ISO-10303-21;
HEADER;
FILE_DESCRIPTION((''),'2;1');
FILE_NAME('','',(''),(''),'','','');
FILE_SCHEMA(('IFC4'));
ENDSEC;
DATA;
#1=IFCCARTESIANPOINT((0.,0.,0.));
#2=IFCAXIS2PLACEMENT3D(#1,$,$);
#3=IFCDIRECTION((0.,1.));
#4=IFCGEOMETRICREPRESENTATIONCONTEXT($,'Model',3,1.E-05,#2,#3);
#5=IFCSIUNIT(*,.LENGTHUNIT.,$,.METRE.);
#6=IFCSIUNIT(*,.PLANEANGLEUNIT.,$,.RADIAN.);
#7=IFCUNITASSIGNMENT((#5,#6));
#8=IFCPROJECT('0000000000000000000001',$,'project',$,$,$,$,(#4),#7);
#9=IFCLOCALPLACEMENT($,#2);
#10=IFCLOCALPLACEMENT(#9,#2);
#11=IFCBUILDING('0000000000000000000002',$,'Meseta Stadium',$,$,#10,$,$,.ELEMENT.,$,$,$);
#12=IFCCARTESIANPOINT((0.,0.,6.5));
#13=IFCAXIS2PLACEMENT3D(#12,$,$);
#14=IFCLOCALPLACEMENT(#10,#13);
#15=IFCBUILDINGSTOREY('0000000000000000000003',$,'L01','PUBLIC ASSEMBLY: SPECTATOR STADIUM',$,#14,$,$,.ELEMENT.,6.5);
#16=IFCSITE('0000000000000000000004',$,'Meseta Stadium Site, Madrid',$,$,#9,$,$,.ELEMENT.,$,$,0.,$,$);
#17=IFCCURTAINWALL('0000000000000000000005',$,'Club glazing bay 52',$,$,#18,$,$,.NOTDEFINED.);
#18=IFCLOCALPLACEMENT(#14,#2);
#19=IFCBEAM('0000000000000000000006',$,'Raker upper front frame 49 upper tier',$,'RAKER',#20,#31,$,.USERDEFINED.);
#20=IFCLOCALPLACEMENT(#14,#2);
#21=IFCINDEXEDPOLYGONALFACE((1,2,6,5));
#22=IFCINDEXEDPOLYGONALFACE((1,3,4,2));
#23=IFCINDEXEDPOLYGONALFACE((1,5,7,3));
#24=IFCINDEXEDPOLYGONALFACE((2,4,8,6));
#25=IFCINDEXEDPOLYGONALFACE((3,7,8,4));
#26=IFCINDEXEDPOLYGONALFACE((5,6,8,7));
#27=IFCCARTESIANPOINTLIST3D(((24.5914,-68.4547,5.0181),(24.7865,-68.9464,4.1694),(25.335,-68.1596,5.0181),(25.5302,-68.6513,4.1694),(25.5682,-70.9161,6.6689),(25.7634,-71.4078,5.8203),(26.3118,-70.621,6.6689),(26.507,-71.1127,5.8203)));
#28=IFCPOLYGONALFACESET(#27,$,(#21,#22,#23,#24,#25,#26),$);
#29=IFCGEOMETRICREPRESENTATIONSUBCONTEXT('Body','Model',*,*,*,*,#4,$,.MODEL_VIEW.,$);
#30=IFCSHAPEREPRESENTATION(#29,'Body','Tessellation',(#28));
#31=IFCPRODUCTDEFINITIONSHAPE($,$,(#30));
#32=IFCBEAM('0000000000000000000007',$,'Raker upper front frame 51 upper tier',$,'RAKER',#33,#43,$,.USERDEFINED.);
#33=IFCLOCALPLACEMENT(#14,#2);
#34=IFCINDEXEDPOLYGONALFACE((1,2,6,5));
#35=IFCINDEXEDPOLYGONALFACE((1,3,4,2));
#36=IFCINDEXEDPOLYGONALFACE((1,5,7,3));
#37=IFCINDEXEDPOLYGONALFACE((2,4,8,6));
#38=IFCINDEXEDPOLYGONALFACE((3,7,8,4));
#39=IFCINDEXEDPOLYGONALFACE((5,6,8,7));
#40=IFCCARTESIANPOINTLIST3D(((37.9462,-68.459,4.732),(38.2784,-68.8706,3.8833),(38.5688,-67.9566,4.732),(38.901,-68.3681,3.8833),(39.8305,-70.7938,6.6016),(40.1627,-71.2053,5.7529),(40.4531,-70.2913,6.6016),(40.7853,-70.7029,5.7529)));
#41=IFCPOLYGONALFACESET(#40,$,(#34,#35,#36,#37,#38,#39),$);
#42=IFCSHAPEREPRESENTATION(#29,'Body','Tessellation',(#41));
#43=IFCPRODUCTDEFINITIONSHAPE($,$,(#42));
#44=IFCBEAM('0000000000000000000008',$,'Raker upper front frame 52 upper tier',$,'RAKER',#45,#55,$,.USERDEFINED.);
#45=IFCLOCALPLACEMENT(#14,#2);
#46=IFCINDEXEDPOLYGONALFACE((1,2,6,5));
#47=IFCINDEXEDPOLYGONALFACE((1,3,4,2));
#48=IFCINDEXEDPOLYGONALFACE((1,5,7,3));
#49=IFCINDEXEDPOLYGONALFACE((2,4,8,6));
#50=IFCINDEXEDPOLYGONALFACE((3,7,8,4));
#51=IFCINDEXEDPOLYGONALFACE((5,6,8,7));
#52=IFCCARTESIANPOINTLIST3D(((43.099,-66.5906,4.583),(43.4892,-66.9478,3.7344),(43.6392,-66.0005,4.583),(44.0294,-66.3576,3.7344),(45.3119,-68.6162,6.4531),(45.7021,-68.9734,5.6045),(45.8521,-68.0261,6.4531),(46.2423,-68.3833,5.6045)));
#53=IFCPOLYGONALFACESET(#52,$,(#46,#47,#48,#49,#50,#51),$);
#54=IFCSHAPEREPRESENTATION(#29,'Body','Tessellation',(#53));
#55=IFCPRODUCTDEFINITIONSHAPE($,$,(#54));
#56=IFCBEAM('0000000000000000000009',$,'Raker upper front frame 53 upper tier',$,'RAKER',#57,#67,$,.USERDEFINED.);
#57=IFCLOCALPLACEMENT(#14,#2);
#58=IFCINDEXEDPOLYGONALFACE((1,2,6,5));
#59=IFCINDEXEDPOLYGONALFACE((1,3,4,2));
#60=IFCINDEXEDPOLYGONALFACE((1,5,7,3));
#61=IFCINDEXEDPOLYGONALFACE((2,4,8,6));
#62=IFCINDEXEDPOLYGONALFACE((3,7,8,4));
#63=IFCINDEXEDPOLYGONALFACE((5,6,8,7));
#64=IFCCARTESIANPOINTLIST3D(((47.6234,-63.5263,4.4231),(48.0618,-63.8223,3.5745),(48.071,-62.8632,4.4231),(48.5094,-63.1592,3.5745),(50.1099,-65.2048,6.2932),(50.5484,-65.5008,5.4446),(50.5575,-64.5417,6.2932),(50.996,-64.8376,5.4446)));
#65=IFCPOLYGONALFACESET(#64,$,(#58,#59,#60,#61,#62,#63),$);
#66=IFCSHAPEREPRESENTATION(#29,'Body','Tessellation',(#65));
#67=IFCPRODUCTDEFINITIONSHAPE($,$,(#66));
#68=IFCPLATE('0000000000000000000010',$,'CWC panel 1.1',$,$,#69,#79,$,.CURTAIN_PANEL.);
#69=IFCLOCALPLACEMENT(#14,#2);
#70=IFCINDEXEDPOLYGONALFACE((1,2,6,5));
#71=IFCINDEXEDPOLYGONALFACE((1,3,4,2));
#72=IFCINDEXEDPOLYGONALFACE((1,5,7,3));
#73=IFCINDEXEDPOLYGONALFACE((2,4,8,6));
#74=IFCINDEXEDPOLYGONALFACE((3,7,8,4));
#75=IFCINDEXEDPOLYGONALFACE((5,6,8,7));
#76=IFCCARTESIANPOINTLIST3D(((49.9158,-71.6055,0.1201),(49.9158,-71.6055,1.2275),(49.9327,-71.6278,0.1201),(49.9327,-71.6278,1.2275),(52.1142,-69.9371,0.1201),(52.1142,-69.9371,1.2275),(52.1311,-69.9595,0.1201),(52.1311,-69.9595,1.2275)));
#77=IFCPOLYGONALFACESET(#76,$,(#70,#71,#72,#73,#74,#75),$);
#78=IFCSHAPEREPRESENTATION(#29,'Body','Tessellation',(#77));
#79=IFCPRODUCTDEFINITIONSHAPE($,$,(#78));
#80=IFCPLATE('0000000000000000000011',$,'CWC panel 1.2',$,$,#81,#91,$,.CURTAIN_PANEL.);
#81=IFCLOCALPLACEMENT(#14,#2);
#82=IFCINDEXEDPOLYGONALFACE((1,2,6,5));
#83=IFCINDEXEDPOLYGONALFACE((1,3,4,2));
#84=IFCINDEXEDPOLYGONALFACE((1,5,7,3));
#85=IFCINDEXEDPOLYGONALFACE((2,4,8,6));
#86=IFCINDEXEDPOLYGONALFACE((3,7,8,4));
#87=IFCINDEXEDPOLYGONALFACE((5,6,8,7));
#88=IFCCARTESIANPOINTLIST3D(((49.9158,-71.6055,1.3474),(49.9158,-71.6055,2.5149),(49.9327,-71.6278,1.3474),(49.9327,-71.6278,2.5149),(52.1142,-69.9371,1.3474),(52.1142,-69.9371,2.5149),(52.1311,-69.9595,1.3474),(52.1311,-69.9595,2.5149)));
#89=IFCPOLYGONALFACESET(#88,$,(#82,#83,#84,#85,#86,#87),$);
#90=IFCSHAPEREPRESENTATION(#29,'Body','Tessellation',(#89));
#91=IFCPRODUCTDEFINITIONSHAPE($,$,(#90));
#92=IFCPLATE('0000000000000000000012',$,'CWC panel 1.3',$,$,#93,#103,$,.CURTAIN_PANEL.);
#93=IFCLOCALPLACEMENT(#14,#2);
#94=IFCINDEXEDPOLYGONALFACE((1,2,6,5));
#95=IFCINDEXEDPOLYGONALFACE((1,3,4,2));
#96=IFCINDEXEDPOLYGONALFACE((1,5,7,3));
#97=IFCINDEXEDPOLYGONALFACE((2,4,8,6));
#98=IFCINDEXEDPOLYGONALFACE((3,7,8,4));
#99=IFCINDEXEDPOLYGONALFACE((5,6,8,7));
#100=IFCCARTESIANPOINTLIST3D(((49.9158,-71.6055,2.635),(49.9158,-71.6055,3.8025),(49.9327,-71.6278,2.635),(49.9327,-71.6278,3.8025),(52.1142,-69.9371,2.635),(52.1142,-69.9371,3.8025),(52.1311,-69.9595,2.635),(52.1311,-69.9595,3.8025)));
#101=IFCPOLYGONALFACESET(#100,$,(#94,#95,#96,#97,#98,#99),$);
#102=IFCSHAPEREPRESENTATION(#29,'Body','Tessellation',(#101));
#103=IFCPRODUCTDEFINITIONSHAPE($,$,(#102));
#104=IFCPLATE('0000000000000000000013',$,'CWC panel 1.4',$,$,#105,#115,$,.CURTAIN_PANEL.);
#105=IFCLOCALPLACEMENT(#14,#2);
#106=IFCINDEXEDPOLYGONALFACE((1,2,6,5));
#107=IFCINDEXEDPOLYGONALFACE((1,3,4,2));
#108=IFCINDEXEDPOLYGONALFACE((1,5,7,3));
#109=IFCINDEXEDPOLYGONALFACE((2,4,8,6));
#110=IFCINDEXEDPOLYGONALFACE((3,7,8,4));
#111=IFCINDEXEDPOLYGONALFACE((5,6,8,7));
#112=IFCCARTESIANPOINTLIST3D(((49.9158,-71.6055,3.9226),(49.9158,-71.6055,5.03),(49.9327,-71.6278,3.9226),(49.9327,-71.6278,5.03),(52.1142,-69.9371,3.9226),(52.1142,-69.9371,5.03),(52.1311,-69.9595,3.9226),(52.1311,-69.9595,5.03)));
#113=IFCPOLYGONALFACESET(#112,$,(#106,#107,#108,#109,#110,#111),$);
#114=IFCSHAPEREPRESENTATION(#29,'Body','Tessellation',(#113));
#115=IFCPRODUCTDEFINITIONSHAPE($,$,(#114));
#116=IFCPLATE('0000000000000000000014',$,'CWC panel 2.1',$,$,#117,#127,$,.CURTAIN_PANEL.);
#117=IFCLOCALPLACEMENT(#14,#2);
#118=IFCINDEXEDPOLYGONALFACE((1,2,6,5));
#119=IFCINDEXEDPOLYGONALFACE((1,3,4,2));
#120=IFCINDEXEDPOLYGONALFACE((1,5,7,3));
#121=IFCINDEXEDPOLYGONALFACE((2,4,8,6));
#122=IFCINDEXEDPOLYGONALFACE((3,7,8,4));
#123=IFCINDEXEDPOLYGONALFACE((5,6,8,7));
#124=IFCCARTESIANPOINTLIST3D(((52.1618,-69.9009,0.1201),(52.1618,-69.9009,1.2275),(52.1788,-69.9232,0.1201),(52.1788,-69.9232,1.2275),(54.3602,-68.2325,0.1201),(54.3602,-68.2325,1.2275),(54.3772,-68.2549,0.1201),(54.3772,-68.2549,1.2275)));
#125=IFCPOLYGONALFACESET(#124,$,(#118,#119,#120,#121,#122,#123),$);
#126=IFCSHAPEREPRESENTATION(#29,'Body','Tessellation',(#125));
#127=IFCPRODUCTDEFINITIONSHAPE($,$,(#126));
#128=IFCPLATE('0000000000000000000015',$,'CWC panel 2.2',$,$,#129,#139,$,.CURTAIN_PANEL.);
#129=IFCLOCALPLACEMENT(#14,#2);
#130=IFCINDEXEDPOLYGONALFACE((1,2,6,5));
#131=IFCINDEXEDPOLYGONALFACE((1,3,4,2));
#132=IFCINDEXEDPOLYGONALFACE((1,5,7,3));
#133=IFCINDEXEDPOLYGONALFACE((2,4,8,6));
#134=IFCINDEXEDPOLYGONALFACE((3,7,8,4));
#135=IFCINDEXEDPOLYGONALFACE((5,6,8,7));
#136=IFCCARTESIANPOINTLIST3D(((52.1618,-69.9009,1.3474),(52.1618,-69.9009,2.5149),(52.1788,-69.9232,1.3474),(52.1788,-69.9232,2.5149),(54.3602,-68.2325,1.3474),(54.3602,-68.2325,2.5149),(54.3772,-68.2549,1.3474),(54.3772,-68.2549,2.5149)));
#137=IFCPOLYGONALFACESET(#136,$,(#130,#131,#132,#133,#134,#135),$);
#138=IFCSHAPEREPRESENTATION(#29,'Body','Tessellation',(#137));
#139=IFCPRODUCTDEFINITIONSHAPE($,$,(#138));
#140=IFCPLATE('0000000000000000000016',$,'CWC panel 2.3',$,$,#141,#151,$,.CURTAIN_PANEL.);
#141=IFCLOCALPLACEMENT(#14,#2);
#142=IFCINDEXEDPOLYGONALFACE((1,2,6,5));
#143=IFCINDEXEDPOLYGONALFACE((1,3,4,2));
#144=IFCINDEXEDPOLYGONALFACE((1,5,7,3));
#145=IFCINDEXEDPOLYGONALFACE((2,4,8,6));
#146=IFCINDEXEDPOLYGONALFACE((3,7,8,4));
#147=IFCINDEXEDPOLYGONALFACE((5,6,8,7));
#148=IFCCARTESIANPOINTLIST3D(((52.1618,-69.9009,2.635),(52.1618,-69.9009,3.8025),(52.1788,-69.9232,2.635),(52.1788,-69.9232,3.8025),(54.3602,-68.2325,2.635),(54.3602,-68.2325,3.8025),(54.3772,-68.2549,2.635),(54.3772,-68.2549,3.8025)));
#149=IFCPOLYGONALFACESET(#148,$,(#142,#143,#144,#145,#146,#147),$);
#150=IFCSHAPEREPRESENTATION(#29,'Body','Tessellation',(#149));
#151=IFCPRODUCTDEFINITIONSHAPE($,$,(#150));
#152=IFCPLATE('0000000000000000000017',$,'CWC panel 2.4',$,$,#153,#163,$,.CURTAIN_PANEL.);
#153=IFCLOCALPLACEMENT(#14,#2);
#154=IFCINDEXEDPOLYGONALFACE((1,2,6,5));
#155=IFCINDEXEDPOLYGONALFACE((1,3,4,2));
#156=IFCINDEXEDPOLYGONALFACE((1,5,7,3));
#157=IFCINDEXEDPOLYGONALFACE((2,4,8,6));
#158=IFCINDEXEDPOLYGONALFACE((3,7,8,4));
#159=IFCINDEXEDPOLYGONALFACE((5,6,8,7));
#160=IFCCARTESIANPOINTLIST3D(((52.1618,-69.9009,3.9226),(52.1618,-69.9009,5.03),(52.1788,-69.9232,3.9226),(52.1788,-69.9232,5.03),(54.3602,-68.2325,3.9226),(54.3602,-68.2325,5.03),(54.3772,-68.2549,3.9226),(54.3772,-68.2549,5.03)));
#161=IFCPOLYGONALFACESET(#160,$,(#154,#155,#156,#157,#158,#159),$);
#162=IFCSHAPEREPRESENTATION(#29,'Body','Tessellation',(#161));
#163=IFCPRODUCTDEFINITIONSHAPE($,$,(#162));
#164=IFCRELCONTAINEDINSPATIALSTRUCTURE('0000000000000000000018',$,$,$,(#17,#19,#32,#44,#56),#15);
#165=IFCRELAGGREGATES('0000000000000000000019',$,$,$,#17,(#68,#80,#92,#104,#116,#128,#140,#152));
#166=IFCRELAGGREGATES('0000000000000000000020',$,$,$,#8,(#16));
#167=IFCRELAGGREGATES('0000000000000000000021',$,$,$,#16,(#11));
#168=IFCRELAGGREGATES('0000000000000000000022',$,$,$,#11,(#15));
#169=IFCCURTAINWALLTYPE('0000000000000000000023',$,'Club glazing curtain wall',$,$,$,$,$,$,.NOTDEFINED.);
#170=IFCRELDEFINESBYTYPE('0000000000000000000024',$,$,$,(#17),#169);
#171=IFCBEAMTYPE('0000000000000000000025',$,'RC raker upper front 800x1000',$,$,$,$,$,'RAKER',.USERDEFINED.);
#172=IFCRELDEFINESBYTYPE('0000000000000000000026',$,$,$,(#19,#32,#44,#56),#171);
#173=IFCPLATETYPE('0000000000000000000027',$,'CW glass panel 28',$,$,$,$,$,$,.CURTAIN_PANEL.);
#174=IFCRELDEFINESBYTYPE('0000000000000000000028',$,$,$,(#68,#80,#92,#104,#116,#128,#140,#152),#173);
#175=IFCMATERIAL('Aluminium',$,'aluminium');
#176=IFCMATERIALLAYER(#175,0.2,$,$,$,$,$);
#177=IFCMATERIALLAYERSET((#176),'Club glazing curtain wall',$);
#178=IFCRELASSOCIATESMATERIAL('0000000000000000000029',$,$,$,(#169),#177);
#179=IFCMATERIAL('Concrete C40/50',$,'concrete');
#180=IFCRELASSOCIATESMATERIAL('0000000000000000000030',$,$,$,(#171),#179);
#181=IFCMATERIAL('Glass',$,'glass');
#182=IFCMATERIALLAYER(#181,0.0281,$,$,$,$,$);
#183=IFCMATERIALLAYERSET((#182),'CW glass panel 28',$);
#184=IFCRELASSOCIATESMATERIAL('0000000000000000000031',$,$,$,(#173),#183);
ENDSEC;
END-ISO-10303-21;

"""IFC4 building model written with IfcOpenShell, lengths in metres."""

from ifc_helpers import new_model, si_unit, direction, frame, origin, origin_2d, place, context, subcontext, project, spatial, rectangle, extrude, material, layer, layer_set, material_profile, profile_set, type_object, element, aggregate, save


model = new_model("IFC4")

# Units and contexts
model_context = context("Model", 3, precision=1e-05, world=origin(), true_north=direction((0.0, 1.0)))
body_context = subcontext(model_context, "Body", "Model", "MODEL_VIEW")
ifc_project = project(units=[si_unit("LENGTHUNIT", "METRE"), si_unit("PLANEANGLEUNIT", "RADIAN")], contexts=[model_context])

# Site, building, storey
site_placement = place(None, origin())
site = spatial("IfcSite", under=ifc_project, at=site_placement, Name="Meseta Stadium Site, Madrid", CompositionType="ELEMENT", RefElevation=0.0)
building_placement = place(site_placement, origin())
building = spatial("IfcBuilding", under=site, at=building_placement, Name="Meseta Stadium", CompositionType="ELEMENT")
storey_placement = place(building_placement, frame((0.0, 0.0, 6.5)))
storey = spatial("IfcBuildingStorey", under=building, at=storey_placement, Name="L01", Description="PUBLIC ASSEMBLY: SPECTATOR STADIUM", CompositionType="ELEMENT", Elevation=6.5)

# Curtain wall
ifc_material_1 = material(Name="Aluminium", Category="aluminium")
ifc_layer_1 = layer(ifc_material_1, 0.2)
ifc_layer_set_1 = layer_set([ifc_layer_1], Name="Club glazing curtain wall")
curtain_wall_type = type_object("IfcCurtainWallType", Name="Club glazing curtain wall", PredefinedType="NOTDEFINED", material=ifc_layer_set_1)
curtain_wall_placement = place(storey_placement, origin())
curtain_wall = element("IfcCurtainWall", 1, at=curtain_wall_placement, inside=storey, type_object=curtain_wall_type, Name="Club glazing bay 52", PredefinedType="NOTDEFINED")

# Beams
ifc_material_2 = material(Name="Concrete C40/50", Category="concrete")
ifc_material_profile_1 = material_profile(ifc_material_2, rectangle(XDim=0.8, YDim=1.0, at=origin_2d()), Name="RC 800x1000")
ifc_profile_set_1 = profile_set([ifc_material_profile_1], Name="Concrete C40/50")
beam_type_1 = type_object("IfcBeamType", Name="RC raker upper front 800x1000", ElementType="RAKER", PredefinedType="USERDEFINED", material=ifc_profile_set_1)
beam_1_placement = place(storey_placement, frame((25.0608, -68.553, 4.5938), z_axis=(0.313018, -0.788766, 0.529025), x_axis=(0.929484, 0.368862, 0.0)))
element("IfcBeam", 2, at=beam_1_placement, inside=storey, type_object=beam_type_1, Name="Raker upper front frame 49 upper tier", ObjectType="RAKER", PredefinedType="USERDEFINED", context=body_context, shape_type="SweptSolid", body=[
    extrude(rectangle(XDim=0.8, YDim=1.0, at=origin_2d()), origin(), (0.0, 0.0, 1.0), 3.1206),
])
for number, where, z_axis, x_axis, name in (
    (3, (38.4236, -68.4136, 4.3076), (0.53302, -0.660439, 0.528876), (0.778178, 0.628043, 0.0), "Raker upper front frame 51 upper tier"),
    (4, (43.5642, -66.4741, 4.1587), (0.625965, -0.572995, 0.529004), (0.675209, 0.737627, 0.0), "Raker upper front frame 52 upper tier"),
    (5, (48.0664, -63.3428, 3.9988), (0.703376, -0.474787, 0.528999), (0.55948, 0.828844, 0.0), "Raker upper front frame 53 upper tier"),
):
    element("IfcBeam", number, at=place(storey_placement, frame(where, z_axis=z_axis, x_axis=x_axis)), inside=storey, type_object=beam_type_1, Name=name, ObjectType="RAKER", PredefinedType="USERDEFINED", context=body_context, shape_type="SweptSolid", body=[
        extrude(rectangle(XDim=0.8, YDim=1.0, at=origin_2d()), origin(), (0.0, 0.0, 1.0), 3.5352),
    ])

# Plates
ifc_material_3 = material(Name="Glass", Category="glass")
ifc_layer_2 = layer(ifc_material_3, 0.0281)
ifc_layer_set_2 = layer_set([ifc_layer_2], Name="CW glass panel 28")
plate_type = type_object("IfcPlateType", Name="CW glass panel 28", PredefinedType="CURTAIN_PANEL", material=ifc_layer_set_2)
plate_1_placement = place(storey_placement, frame((51.0234, -70.7825, 0.1201), z_axis=(0.0, 0.0, 1.0), x_axis=(0.79659, 0.60452, 0.0)))
plate_1 = element("IfcPlate", 6, at=plate_1_placement, type_object=plate_type, Name="CWC panel 1.1", PredefinedType="CURTAIN_PANEL", context=body_context, shape_type="SweptSolid", body=[
    extrude(rectangle(XDim=2.7598, YDim=0.0281, at=origin_2d()), origin(), (0.0, 0.0, 1.0), 1.1074),
])
plate_2_placement = place(storey_placement, frame((51.0234, -70.7825, 1.3474), z_axis=(0.0, 0.0, 1.0), x_axis=(0.79659, 0.60452, 0.0)))
plate_2 = element("IfcPlate", 7, at=plate_2_placement, type_object=plate_type, Name="CWC panel 1.2", PredefinedType="CURTAIN_PANEL", context=body_context, shape_type="SweptSolid", body=[
    extrude(rectangle(XDim=2.7598, YDim=0.0281, at=origin_2d()), origin(), (0.0, 0.0, 1.0), 1.1675),
])
plate_3_placement = place(storey_placement, frame((51.0234, -70.7825, 2.635), z_axis=(0.0, 0.0, 1.0), x_axis=(0.79659, 0.60452, 0.0)))
plate_3 = element("IfcPlate", 8, at=plate_3_placement, type_object=plate_type, Name="CWC panel 1.3", PredefinedType="CURTAIN_PANEL", context=body_context, shape_type="SweptSolid", body=[
    extrude(rectangle(XDim=2.7598, YDim=0.0281, at=origin_2d()), origin(), (0.0, 0.0, 1.0), 1.1675),
])
plate_4_placement = place(storey_placement, frame((51.0234, -70.7825, 3.9226), z_axis=(0.0, 0.0, 1.0), x_axis=(0.79659, 0.60452, 0.0)))
plate_4 = element("IfcPlate", 9, at=plate_4_placement, type_object=plate_type, Name="CWC panel 1.4", PredefinedType="CURTAIN_PANEL", context=body_context, shape_type="SweptSolid", body=[
    extrude(rectangle(XDim=2.7598, YDim=0.0281, at=origin_2d()), origin(), (0.0, 0.0, 1.0), 1.1074),
])
plate_5_placement = place(storey_placement, frame((53.2695, -69.0779, 0.1201), z_axis=(0.0, 0.0, 1.0), x_axis=(0.79659, 0.60452, 0.0)))
plate_5 = element("IfcPlate", 10, at=plate_5_placement, type_object=plate_type, Name="CWC panel 2.1", PredefinedType="CURTAIN_PANEL", context=body_context, shape_type="SweptSolid", body=[
    extrude(rectangle(XDim=2.7598, YDim=0.0281, at=origin_2d()), origin(), (0.0, 0.0, 1.0), 1.1074),
])
plate_6_placement = place(storey_placement, frame((53.2695, -69.0779, 1.3474), z_axis=(0.0, 0.0, 1.0), x_axis=(0.79659, 0.60452, 0.0)))
plate_6 = element("IfcPlate", 11, at=plate_6_placement, type_object=plate_type, Name="CWC panel 2.2", PredefinedType="CURTAIN_PANEL", context=body_context, shape_type="SweptSolid", body=[
    extrude(rectangle(XDim=2.7598, YDim=0.0281, at=origin_2d()), origin(), (0.0, 0.0, 1.0), 1.1675),
])
plate_7_placement = place(storey_placement, frame((53.2695, -69.0779, 2.635), z_axis=(0.0, 0.0, 1.0), x_axis=(0.79659, 0.60452, 0.0)))
plate_7 = element("IfcPlate", 12, at=plate_7_placement, type_object=plate_type, Name="CWC panel 2.3", PredefinedType="CURTAIN_PANEL", context=body_context, shape_type="SweptSolid", body=[
    extrude(rectangle(XDim=2.7598, YDim=0.0281, at=origin_2d()), origin(), (0.0, 0.0, 1.0), 1.1675),
])
plate_8_placement = place(storey_placement, frame((53.2695, -69.0779, 3.9226), z_axis=(0.0, 0.0, 1.0), x_axis=(0.79659, 0.60452, 0.0)))
plate_8 = element("IfcPlate", 13, at=plate_8_placement, type_object=plate_type, Name="CWC panel 2.4", PredefinedType="CURTAIN_PANEL", context=body_context, shape_type="SweptSolid", body=[
    extrude(rectangle(XDim=2.7598, YDim=0.0281, at=origin_2d()), origin(), (0.0, 0.0, 1.0), 1.1074),
])
aggregate(curtain_wall, [plate_1, plate_2, plate_3, plate_4, plate_5, plate_6, plate_7, plate_8])

save(model, "model.ifc")
